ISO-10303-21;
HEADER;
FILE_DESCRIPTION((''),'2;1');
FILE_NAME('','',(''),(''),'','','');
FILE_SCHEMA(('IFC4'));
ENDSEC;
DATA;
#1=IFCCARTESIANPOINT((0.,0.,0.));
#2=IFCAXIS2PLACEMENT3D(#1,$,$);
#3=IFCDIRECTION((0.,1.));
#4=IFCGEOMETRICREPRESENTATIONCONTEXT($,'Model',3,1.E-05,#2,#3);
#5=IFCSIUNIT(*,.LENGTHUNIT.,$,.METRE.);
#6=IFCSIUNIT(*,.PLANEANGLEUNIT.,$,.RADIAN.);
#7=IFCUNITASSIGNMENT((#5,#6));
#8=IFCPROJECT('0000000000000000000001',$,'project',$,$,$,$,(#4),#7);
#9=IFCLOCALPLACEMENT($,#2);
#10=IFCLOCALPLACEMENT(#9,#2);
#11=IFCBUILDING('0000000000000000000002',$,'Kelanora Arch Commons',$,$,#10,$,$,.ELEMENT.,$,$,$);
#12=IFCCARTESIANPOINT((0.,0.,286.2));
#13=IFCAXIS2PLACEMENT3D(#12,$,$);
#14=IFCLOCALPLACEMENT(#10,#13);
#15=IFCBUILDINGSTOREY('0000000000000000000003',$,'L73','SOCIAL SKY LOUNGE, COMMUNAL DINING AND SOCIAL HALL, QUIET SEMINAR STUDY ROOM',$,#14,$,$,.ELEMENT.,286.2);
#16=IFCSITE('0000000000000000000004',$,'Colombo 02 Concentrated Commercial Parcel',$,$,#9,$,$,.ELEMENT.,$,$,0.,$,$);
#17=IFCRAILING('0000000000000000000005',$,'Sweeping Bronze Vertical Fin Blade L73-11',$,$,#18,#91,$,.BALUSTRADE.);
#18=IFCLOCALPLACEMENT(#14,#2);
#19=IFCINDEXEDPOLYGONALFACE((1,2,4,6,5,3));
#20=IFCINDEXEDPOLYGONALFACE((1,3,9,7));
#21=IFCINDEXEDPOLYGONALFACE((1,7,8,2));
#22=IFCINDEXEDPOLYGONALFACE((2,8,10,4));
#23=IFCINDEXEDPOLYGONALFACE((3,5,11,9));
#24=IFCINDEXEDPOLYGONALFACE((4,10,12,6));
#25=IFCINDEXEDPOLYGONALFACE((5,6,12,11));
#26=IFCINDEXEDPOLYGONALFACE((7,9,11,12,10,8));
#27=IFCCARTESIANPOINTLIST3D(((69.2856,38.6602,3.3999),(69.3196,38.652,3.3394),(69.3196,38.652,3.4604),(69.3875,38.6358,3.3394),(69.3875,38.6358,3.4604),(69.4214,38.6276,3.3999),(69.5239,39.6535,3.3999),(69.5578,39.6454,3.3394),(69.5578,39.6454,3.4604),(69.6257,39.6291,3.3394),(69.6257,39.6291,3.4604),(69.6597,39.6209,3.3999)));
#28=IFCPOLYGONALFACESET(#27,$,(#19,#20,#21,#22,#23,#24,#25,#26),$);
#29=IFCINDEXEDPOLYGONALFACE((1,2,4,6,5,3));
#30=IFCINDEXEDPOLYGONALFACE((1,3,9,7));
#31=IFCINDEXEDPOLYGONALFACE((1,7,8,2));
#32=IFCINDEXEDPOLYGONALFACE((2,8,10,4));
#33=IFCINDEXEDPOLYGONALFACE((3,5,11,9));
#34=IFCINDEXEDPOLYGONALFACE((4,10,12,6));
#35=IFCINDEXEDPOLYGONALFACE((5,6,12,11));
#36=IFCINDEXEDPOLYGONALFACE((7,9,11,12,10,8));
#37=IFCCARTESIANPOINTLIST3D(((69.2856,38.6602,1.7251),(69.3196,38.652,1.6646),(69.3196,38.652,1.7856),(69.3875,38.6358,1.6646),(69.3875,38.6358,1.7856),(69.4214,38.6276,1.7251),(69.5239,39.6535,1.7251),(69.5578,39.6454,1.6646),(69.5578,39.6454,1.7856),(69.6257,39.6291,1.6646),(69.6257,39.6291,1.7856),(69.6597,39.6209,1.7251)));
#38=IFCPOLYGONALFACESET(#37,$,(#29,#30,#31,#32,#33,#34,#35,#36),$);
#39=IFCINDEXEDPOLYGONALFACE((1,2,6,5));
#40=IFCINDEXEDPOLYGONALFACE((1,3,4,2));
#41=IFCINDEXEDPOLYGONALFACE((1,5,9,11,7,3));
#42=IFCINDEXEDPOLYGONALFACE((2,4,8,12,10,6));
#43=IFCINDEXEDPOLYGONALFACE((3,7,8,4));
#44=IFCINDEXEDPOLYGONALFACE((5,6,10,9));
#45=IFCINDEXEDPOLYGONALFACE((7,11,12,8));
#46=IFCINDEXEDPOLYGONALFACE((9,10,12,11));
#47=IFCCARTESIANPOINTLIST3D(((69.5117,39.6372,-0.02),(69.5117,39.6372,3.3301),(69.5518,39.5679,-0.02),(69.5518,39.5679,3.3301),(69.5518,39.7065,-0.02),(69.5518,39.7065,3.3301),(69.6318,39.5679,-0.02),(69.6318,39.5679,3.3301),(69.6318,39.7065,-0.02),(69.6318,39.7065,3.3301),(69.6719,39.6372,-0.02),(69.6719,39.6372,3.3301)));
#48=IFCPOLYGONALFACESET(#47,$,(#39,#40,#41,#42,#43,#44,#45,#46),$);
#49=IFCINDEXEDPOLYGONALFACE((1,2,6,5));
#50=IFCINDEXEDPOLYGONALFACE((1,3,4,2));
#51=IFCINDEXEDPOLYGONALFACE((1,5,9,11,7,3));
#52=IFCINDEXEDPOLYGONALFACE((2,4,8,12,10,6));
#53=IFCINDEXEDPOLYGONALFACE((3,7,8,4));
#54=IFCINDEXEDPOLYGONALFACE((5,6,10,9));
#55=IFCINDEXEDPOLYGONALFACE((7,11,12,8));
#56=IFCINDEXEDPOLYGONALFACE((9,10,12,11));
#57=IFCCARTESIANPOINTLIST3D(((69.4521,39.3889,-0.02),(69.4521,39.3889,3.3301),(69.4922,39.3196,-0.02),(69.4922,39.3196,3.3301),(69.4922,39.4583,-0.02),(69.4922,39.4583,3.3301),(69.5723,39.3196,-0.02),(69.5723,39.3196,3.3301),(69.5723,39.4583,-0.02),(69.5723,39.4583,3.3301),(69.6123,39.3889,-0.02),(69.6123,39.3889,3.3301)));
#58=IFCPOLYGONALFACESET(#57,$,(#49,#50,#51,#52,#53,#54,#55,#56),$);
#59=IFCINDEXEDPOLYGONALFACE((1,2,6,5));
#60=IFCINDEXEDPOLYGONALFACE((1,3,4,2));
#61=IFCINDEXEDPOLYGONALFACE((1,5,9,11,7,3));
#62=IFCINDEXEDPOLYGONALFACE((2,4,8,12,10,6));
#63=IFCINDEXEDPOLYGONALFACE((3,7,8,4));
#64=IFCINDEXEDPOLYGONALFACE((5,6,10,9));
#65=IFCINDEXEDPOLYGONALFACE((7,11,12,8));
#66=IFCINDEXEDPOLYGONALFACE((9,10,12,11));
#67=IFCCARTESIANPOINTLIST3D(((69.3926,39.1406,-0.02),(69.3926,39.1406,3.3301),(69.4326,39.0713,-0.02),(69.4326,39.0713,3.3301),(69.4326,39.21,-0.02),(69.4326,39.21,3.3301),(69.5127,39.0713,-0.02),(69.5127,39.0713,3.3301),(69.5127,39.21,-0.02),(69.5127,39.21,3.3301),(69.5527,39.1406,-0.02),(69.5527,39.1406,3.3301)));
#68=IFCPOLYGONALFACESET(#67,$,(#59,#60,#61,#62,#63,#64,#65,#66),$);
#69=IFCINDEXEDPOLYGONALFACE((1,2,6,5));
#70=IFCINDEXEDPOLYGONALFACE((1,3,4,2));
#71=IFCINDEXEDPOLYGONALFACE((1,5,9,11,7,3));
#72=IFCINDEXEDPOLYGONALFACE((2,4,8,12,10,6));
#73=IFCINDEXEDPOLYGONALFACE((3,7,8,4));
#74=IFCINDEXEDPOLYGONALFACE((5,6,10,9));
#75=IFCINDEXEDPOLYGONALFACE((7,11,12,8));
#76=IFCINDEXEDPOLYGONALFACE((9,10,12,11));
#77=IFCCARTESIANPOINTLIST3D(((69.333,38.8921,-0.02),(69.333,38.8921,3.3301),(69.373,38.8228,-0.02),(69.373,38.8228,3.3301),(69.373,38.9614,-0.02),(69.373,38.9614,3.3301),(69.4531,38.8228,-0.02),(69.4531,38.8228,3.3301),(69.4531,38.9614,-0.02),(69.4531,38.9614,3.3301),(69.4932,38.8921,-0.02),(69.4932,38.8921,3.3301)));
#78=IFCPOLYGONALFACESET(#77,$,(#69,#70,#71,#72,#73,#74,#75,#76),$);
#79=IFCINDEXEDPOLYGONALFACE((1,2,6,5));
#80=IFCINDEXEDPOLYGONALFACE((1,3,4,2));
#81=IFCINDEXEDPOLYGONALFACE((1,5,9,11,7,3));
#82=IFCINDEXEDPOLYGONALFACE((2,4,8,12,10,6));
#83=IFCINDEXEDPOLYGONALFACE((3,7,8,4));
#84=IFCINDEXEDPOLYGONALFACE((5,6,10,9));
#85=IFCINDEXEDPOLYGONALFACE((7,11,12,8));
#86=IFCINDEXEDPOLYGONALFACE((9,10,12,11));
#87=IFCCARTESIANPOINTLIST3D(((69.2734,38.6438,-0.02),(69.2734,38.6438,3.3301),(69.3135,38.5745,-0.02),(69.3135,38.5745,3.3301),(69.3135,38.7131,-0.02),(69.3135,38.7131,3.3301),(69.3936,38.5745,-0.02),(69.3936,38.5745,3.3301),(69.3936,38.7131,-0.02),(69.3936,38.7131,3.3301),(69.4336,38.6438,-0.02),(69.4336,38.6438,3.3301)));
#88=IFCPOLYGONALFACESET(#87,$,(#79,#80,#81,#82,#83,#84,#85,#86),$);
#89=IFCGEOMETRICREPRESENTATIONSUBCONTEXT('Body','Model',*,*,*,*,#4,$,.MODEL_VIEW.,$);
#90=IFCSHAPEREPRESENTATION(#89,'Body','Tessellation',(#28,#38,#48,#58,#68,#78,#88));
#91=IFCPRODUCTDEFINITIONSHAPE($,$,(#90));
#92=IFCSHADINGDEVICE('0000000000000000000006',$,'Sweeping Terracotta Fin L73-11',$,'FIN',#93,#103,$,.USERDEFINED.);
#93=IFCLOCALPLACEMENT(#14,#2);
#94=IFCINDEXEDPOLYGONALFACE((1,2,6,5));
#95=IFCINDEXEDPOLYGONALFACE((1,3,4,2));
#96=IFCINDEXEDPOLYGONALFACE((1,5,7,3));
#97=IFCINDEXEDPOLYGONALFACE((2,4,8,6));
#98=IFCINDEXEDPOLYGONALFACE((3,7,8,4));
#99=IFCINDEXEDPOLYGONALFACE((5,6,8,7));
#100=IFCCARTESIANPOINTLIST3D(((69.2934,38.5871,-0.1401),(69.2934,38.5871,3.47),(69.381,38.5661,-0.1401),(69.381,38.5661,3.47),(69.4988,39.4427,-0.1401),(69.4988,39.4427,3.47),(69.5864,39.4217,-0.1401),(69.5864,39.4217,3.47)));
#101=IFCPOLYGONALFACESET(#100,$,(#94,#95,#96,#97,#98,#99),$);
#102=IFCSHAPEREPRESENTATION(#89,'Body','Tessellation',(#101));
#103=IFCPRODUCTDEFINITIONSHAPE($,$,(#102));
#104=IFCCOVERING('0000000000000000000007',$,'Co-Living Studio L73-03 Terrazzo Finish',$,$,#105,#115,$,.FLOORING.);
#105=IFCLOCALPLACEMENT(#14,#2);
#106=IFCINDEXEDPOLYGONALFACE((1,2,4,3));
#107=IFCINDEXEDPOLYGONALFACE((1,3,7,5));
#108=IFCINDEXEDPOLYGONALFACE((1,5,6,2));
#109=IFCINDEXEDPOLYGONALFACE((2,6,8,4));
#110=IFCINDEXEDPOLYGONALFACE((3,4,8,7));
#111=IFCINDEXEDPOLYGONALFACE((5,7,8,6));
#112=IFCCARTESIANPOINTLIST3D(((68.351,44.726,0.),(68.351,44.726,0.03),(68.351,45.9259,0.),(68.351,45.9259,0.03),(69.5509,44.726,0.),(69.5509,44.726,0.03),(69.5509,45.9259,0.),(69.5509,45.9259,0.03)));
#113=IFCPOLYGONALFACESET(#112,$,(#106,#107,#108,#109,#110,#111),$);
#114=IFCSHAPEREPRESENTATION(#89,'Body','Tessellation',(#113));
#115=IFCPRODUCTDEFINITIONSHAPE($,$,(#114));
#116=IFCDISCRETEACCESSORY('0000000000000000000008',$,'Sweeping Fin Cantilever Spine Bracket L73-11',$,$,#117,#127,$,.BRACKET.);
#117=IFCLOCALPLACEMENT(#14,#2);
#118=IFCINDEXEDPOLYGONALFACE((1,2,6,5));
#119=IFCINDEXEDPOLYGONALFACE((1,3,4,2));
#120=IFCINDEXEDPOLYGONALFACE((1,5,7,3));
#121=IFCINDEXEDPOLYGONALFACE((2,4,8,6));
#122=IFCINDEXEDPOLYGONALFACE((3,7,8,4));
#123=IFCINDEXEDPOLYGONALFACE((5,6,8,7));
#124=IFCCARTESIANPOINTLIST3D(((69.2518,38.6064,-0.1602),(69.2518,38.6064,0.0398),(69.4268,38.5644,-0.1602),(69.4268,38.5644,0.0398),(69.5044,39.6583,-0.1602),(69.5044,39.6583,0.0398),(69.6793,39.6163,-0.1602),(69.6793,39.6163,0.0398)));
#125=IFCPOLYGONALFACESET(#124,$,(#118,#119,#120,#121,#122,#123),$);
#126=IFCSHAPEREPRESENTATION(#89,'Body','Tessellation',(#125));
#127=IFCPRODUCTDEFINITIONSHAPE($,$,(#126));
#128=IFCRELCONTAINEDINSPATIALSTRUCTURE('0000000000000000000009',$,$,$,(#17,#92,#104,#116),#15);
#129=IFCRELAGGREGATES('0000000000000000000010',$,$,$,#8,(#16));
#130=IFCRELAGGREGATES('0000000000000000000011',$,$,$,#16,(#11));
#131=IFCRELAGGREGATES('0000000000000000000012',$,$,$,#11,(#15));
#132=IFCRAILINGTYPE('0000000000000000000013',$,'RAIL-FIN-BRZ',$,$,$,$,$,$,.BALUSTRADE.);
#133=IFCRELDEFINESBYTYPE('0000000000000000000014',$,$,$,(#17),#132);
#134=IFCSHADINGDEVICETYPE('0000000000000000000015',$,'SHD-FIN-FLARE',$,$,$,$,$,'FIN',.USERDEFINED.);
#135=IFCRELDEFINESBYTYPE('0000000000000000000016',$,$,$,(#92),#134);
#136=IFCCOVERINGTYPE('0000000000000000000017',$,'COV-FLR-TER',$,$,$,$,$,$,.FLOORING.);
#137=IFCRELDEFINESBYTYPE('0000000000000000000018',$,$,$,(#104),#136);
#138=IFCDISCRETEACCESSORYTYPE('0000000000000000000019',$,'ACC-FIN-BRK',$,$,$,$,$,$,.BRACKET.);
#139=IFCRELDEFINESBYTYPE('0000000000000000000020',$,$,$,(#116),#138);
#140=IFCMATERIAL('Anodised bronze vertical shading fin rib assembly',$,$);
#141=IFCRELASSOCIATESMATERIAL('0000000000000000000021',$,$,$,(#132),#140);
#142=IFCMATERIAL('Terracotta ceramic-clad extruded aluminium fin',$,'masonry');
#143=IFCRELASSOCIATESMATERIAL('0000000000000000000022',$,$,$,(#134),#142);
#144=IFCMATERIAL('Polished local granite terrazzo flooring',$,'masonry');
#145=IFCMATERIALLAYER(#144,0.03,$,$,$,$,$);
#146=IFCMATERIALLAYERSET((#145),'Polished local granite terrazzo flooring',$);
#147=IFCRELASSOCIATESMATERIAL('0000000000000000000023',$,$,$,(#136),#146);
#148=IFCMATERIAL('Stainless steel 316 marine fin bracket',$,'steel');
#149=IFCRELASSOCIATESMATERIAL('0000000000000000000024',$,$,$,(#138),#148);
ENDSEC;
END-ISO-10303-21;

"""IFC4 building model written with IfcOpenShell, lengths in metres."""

from ifc_helpers import new_model, si_unit, direction, frame, origin, origin_2d, place, context, subcontext, project, spatial, polyline, rectangle, outline, extrude, source, transform, mapped, material, layer, layer_set, type_object, element, save


model = new_model("IFC4")

# Units and contexts
model_context = context("Model", 3, precision=1e-05, world=origin(), true_north=direction((0.0, 1.0)))
body_context = subcontext(model_context, "Body", "Model", "MODEL_VIEW")
ifc_project = project(units=[si_unit("LENGTHUNIT", "METRE"), si_unit("PLANEANGLEUNIT", "RADIAN")], contexts=[model_context])

# Site, building, storey
site_placement = place(None, origin())
site = spatial("IfcSite", under=ifc_project, at=site_placement, Name="Colombo 02 Concentrated Commercial Parcel", CompositionType="ELEMENT", RefElevation=0.0)
building_placement = place(site_placement, origin())
building = spatial("IfcBuilding", under=site, at=building_placement, Name="Kelanora Arch Commons", CompositionType="ELEMENT")
storey_placement = place(building_placement, frame((0.0, 0.0, 286.2)))
storey = spatial("IfcBuildingStorey", under=building, at=storey_placement, Name="L73", Description="SOCIAL SKY LOUNGE, COMMUNAL DINING AND SOCIAL HALL, QUIET SEMINAR STUDY ROOM", CompositionType="ELEMENT", Elevation=286.2)

# Railing
ifc_material_1 = material(Name="Anodised bronze vertical shading fin rib assembly")
railing_type = type_object("IfcRailingType", Name="RAIL-FIN-BRZ", PredefinedType="BALUSTRADE", material=ifc_material_1)
railing_placement = place(storey_placement, frame((69.5918, 39.6372, -0.02)))
element("IfcRailing", 1, at=railing_placement, inside=storey, type_object=railing_type, Name="Sweeping Bronze Vertical Fin Blade L73-11", PredefinedType="BALUSTRADE", context=body_context, shape_type="SweptSolid", body=[
    extrude(outline(polyline([(0.0698, 0.0), (0.0349, 0.0605), (-0.0349, 0.0605), (-0.0698, 0.0), (-0.0349, -0.0605), (0.0349, -0.0605), (0.0698, 0.0)])), frame((0.0, 0.0, 3.4199), z_axis=(-0.233246, -0.972418, 0.0), x_axis=(0.972418, -0.233246, 0.0)), (0.0, 0.0, 1.0), 1.0215),
    extrude(outline(polyline([(0.0698, 0.0), (0.0349, 0.0605), (-0.0349, 0.0605), (-0.0698, 0.0), (-0.0349, -0.0605), (0.0349, -0.0605), (0.0698, 0.0)])), frame((0.0, 0.0, 1.7451), z_axis=(-0.233246, -0.972418, 0.0), x_axis=(0.972418, -0.233246, 0.0)), (0.0, 0.0, 1.0), 1.0215),
    extrude(outline(polyline([(0.0801, 0.0), (0.04, 0.0693), (-0.04, 0.0693), (-0.0801, 0.0), (-0.04, -0.0693), (0.04, -0.0693), (0.0801, 0.0)])), origin(), (0.0, 0.0, 1.0), 3.3501),
    extrude(outline(polyline([(0.0801, 0.0), (0.04, 0.0693), (-0.04, 0.0693), (-0.0801, 0.0), (-0.04, -0.0693), (0.04, -0.0693), (0.0801, 0.0)])), frame((-0.0596, -0.2483, 0.0)), (0.0, 0.0, 1.0), 3.3501),
    extrude(outline(polyline([(0.0801, 0.0), (0.04, 0.0693), (-0.04, 0.0693), (-0.0801, 0.0), (-0.04, -0.0693), (0.04, -0.0693), (0.0801, 0.0)])), frame((-0.1191, -0.4966, 0.0)), (0.0, 0.0, 1.0), 3.3501),
    extrude(outline(polyline([(0.0801, 0.0), (0.04, 0.0693), (-0.04, 0.0693), (-0.0801, 0.0), (-0.04, -0.0693), (0.04, -0.0693), (0.0801, 0.0)])), frame((-0.1787, -0.7451, 0.0)), (0.0, 0.0, 1.0), 3.3501),
    extrude(outline(polyline([(0.0801, 0.0), (0.04, 0.0693), (-0.04, 0.0693), (-0.0801, 0.0), (-0.04, -0.0693), (0.04, -0.0693), (0.0801, 0.0)])), frame((-0.2383, -0.9934, 0.0)), (0.0, 0.0, 1.0), 3.3501),
])

# Shading device
ifc_material_2 = material(Name="Terracotta ceramic-clad extruded aluminium fin", Category="masonry")
shading_device_type = type_object("IfcShadingDeviceType", Name="SHD-FIN-FLARE", ElementType="FIN", PredefinedType="USERDEFINED", material=ifc_material_2)
shared_shape_1 = source(origin(), body_context, "Body", "SweptSolid", [
    extrude(rectangle(XDim=0.8799, YDim=0.0901, at=origin_2d()), origin(), (0.0, 0.0, 1.0), 3.6101),
])
shading_device_placement = place(storey_placement, frame((69.4399, 39.0044, -0.1401), z_axis=(0.0, 0.0, 1.0), x_axis=(-0.233445, -0.97237, 0.0)))
element("IfcShadingDevice", 2, at=shading_device_placement, inside=storey, type_object=shading_device_type, Name="Sweeping Terracotta Fin L73-11", ObjectType="FIN", PredefinedType="USERDEFINED", context=body_context, shape_type="MappedRepresentation", body=[
    mapped(shared_shape_1, transform((0.0, 0.0, 0.0), scale=1.0)),
])

# Covering
ifc_material_3 = material(Name="Polished local granite terrazzo flooring", Category="masonry")
ifc_layer_1 = layer(ifc_material_3, 0.03)
ifc_layer_set_1 = layer_set([ifc_layer_1], Name="Polished local granite terrazzo flooring")
covering_type = type_object("IfcCoveringType", Name="COV-FLR-TER", PredefinedType="FLOORING", material=ifc_layer_set_1)
shared_shape_2 = source(origin(), body_context, "Body", "SweptSolid", [
    extrude(rectangle(XDim=1.2, YDim=1.2, at=origin_2d()), origin(), (0.0, 0.0, 1.0), 0.03),
])
covering_placement = place(storey_placement, frame((68.9509, 45.3259, 0.0), z_axis=(0.0, 0.0, 1.0), x_axis=(1.0, 0.0, 0.0)))
element("IfcCovering", 3, at=covering_placement, inside=storey, type_object=covering_type, Name="Co-Living Studio L73-03 Terrazzo Finish", PredefinedType="FLOORING", context=body_context, shape_type="MappedRepresentation", body=[
    mapped(shared_shape_2, transform((0.0, 0.0, 0.0), scale=1.0)),
])

# Discrete accessory
ifc_material_4 = material(Name="Stainless steel 316 marine fin bracket", Category="steel")
discrete_accessory_type = type_object("IfcDiscreteAccessoryType", Name="ACC-FIN-BRK", PredefinedType="BRACKET", material=ifc_material_4)
shared_shape_3 = source(origin(), body_context, "Body", "SweptSolid", [
    extrude(rectangle(XDim=1.0818, YDim=0.1799, at=origin_2d()), origin(), (0.0, 0.0, 1.0), 0.2),
])
discrete_accessory_placement = place(storey_placement, frame((69.4656, 39.1113, -0.1602), z_axis=(0.0, 0.0, 1.0), x_axis=(-0.233445, -0.97237, 0.0)))
element("IfcDiscreteAccessory", 4, at=discrete_accessory_placement, inside=storey, type_object=discrete_accessory_type, Name="Sweeping Fin Cantilever Spine Bracket L73-11", PredefinedType="BRACKET", context=body_context, shape_type="MappedRepresentation", body=[
    mapped(shared_shape_3, transform((0.0, 0.0, 0.0), scale=1.0)),
])

save(model, "model.ifc")
